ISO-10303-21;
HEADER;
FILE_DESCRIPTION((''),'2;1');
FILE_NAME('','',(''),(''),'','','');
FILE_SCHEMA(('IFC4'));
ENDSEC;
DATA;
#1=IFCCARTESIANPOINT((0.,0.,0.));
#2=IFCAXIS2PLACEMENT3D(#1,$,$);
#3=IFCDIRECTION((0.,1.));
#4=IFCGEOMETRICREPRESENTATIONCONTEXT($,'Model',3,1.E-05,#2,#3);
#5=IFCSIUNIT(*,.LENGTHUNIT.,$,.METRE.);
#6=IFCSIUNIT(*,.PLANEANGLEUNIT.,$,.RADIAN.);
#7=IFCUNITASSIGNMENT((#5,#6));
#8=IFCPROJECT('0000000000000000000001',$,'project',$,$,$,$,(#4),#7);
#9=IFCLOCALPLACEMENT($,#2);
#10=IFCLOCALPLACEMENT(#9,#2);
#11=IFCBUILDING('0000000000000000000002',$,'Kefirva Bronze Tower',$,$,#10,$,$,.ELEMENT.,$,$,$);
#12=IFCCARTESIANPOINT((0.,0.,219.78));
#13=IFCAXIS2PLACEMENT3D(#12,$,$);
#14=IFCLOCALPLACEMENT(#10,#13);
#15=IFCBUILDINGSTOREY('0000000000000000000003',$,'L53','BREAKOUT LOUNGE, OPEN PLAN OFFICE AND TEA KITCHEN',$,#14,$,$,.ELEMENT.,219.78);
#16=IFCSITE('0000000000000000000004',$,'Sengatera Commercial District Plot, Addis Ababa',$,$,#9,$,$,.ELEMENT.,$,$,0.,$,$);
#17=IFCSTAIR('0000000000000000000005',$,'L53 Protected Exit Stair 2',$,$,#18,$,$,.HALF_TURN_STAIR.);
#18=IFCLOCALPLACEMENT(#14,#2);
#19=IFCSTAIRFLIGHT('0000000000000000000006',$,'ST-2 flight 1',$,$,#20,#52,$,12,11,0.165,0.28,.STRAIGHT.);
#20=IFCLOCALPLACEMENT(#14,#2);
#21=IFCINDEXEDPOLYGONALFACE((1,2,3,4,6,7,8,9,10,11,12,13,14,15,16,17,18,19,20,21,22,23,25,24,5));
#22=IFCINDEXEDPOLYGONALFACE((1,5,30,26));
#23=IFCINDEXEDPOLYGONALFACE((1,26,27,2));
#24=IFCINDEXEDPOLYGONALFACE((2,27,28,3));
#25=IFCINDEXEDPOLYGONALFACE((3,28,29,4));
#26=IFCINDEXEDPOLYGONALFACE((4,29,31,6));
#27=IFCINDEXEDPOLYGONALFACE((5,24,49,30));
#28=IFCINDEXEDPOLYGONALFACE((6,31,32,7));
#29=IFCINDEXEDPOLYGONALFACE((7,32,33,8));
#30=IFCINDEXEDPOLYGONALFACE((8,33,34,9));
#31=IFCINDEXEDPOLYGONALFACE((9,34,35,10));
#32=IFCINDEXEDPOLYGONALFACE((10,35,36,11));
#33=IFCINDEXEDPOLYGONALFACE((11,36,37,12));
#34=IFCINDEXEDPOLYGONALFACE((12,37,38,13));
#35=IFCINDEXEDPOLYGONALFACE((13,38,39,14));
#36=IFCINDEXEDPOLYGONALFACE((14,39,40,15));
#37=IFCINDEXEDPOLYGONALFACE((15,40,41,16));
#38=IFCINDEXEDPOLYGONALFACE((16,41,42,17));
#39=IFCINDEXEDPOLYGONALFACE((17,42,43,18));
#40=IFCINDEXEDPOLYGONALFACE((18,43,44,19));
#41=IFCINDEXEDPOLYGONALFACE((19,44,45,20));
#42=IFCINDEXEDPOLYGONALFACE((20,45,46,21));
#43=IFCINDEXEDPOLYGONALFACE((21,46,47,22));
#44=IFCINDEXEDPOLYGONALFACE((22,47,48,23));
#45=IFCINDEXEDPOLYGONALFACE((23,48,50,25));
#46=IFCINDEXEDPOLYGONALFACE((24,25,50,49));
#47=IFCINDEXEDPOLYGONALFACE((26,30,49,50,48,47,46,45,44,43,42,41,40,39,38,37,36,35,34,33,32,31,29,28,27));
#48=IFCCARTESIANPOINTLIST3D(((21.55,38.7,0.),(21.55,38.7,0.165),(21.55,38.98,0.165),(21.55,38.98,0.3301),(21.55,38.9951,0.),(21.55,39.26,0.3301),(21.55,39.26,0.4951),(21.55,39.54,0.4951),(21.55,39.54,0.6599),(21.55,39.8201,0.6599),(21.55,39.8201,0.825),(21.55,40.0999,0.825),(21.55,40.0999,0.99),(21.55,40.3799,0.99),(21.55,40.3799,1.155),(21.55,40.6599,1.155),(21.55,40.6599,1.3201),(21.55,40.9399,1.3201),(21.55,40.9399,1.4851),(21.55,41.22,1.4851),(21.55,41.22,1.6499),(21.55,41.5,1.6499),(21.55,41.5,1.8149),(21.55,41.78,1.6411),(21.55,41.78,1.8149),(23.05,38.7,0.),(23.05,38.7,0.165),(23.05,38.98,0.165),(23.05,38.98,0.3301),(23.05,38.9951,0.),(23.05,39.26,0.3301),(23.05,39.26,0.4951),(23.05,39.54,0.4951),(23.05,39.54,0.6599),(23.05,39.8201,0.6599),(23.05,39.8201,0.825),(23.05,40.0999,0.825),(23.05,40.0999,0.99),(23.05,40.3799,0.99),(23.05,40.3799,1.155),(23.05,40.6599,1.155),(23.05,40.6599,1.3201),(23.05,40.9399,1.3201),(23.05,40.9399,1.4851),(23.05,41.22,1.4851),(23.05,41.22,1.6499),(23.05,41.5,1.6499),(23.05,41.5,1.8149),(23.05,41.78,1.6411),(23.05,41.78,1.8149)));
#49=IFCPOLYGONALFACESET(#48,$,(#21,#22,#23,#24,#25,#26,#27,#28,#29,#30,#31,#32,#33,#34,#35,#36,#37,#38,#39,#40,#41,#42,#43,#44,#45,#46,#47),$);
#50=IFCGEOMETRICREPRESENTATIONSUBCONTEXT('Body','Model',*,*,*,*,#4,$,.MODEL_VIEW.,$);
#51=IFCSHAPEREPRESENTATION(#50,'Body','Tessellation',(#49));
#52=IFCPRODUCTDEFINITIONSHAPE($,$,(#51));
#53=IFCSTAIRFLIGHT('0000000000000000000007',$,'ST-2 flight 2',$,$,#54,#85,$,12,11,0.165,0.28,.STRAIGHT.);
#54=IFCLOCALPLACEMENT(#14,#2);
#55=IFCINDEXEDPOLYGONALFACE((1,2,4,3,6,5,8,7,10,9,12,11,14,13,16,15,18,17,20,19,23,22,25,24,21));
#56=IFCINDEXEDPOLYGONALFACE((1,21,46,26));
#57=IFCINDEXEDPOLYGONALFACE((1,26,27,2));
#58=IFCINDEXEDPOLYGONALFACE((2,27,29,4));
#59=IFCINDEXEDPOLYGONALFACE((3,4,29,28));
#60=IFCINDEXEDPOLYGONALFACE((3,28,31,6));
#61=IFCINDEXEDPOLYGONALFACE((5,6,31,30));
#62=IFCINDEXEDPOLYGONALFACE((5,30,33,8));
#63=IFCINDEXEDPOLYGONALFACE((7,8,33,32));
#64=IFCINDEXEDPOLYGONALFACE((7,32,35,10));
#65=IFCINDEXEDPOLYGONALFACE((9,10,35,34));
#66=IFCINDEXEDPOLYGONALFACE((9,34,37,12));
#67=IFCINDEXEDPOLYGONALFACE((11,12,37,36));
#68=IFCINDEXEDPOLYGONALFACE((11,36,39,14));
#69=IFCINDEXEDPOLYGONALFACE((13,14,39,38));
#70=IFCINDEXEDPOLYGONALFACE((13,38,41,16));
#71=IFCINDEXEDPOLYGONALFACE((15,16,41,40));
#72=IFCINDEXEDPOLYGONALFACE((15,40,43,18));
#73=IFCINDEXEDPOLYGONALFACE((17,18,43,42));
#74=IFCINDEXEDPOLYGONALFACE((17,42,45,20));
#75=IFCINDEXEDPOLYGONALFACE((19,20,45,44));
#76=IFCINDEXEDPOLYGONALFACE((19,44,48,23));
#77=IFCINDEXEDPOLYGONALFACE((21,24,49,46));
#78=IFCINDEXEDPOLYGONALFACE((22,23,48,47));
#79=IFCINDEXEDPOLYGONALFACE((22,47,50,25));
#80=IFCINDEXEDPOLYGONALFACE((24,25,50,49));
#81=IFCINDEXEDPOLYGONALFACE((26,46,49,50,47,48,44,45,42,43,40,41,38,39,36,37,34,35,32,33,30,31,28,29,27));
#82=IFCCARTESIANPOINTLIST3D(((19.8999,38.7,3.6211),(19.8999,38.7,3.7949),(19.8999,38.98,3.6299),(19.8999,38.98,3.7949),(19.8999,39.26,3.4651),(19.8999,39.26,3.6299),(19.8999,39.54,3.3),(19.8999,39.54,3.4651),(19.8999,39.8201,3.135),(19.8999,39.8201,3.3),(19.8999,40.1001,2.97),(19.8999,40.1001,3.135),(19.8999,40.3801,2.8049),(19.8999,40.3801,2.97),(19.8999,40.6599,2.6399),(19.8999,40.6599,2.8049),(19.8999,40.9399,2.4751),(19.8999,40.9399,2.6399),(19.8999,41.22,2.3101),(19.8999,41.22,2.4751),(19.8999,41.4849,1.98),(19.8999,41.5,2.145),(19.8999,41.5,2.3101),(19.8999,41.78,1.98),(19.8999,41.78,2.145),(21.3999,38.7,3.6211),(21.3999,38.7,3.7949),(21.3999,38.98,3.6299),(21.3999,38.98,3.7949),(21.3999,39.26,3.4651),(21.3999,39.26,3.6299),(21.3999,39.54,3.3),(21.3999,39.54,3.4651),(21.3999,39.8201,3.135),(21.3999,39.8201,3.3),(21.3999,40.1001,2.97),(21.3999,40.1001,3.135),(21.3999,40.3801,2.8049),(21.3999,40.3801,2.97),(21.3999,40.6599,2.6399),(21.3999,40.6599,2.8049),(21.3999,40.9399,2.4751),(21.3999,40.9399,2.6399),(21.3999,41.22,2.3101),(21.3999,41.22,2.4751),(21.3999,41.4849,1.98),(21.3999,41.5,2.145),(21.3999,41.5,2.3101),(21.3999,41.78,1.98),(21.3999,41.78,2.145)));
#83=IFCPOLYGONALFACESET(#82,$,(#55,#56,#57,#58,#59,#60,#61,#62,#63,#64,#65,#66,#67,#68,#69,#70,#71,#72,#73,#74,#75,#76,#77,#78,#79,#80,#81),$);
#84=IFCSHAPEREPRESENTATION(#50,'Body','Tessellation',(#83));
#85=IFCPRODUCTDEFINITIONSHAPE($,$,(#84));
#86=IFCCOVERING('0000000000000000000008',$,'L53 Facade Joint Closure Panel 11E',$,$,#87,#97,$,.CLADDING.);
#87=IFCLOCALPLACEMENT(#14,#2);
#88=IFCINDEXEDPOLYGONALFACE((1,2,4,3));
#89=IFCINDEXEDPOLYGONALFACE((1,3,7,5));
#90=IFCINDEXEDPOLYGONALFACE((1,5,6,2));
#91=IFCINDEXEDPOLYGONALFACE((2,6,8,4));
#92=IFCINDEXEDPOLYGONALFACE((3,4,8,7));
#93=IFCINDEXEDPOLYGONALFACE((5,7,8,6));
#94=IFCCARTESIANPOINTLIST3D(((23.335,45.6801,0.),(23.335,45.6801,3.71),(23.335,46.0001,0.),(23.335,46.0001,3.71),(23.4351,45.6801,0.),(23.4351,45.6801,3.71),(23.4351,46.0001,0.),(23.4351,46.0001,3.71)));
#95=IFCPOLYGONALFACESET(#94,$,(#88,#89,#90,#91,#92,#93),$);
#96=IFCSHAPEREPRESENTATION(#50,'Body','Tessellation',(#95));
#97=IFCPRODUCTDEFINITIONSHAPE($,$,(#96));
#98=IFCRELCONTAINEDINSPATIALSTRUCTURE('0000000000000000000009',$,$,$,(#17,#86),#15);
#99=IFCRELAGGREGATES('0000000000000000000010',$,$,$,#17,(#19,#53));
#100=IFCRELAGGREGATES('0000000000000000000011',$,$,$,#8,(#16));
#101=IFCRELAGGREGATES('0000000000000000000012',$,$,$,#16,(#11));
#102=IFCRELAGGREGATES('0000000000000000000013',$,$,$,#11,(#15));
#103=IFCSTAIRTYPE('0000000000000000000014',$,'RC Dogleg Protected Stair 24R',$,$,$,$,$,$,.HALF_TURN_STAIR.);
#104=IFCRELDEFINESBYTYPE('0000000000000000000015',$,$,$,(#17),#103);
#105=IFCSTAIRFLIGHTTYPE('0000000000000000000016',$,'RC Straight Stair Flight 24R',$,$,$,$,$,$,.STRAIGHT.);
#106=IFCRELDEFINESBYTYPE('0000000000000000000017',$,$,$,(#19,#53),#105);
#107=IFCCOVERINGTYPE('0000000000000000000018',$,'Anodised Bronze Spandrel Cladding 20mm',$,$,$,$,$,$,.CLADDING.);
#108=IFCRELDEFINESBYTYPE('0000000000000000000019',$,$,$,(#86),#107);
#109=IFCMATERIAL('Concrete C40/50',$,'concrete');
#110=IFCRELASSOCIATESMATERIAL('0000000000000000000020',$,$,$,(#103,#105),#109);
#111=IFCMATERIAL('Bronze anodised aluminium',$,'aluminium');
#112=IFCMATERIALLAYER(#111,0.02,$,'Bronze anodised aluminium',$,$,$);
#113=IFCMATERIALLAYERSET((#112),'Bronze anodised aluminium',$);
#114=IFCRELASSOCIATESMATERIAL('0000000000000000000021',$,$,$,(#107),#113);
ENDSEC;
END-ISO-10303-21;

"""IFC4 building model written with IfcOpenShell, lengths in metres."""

from ifc_helpers import new_model, si_unit, direction, frame, origin, origin_2d, place, context, subcontext, project, spatial, polyline, rectangle, outline, extrude, material, layer, layer_set, type_object, element, aggregate, save


model = new_model("IFC4")

# Units and contexts
model_context = context("Model", 3, precision=1e-05, world=origin(), true_north=direction((0.0, 1.0)))
body_context = subcontext(model_context, "Body", "Model", "MODEL_VIEW")
ifc_project = project(units=[si_unit("LENGTHUNIT", "METRE"), si_unit("PLANEANGLEUNIT", "RADIAN")], contexts=[model_context])

# Site, building, storey
site_placement = place(None, origin())
site = spatial("IfcSite", under=ifc_project, at=site_placement, Name="Sengatera Commercial District Plot, Addis Ababa", CompositionType="ELEMENT", RefElevation=0.0)
building_placement = place(site_placement, origin())
building = spatial("IfcBuilding", under=site, at=building_placement, Name="Kefirva Bronze Tower", CompositionType="ELEMENT")
storey_placement = place(building_placement, frame((0.0, 0.0, 219.78)))
storey = spatial("IfcBuildingStorey", under=building, at=storey_placement, Name="L53", Description="BREAKOUT LOUNGE, OPEN PLAN OFFICE AND TEA KITCHEN", CompositionType="ELEMENT", Elevation=219.78)

# Stair, stair flights
ifc_material_1 = material(Name="Concrete C40/50", Category="concrete")
stair_type = type_object("IfcStairType", Name="RC Dogleg Protected Stair 24R", PredefinedType="HALF_TURN_STAIR", material=ifc_material_1)
stair_placement = place(storey_placement, origin())
stair = element("IfcStair", 1, at=stair_placement, inside=storey, type_object=stair_type, Name="L53 Protected Exit Stair 2", PredefinedType="HALF_TURN_STAIR")
stair_flight_type = type_object("IfcStairFlightType", Name="RC Straight Stair Flight 24R", PredefinedType="STRAIGHT", material=ifc_material_1)
stair_flight_1_placement = place(storey_placement, frame((22.3, 38.7, 0.0), z_axis=(0.0, 0.0, 1.0), x_axis=(0.0, 1.0, 0.0)))
stair_flight_1 = element("IfcStairFlight", 2, at=stair_flight_1_placement, type_object=stair_flight_type, Name="ST-2 flight 1", NumberOfRisers=12, NumberOfTreads=11, PredefinedType="STRAIGHT", RiserHeight=0.165, TreadLength=0.28, context=body_context, shape_type="SweptSolid", body=[
    extrude(outline(polyline([(0.0, 0.0), (0.0, 0.165), (0.28, 0.165), (0.28, 0.3301), (0.5601, 0.3301), (0.5601, 0.4951), (0.8401, 0.4951), (0.8401, 0.6599), (1.1201, 0.6599), (1.1201, 0.825), (1.3999, 0.825), (1.3999, 0.99), (1.6799, 0.99), (1.6799, 1.155), (1.96, 1.155), (1.96, 1.3201), (2.24, 1.3201), (2.24, 1.4851), (2.52, 1.4851), (2.52, 1.6499), (2.8, 1.6499), (2.8, 1.8149), (3.0801, 1.8149), (3.0801, 1.98), (3.0801, 1.6411), (0.2952, 0.0), (0.0, 0.0)])), frame((0.0, 0.75, 0.0), z_axis=(0.0, -1.0, 0.0), x_axis=(1.0, 0.0, 0.0)), (0.0, 0.0, 1.0), 1.5),
])
stair_flight_2_placement = place(storey_placement, frame((20.6499, 41.78, 1.98), z_axis=(0.0, 0.0, 1.0), x_axis=(0.0, -1.0, 0.0)))
stair_flight_2 = element("IfcStairFlight", 3, at=stair_flight_2_placement, type_object=stair_flight_type, Name="ST-2 flight 2", NumberOfRisers=12, NumberOfTreads=11, PredefinedType="STRAIGHT", RiserHeight=0.165, TreadLength=0.28, context=body_context, shape_type="SweptSolid", body=[
    extrude(outline(polyline([(0.0, 0.0), (0.0, 0.165), (0.28, 0.165), (0.28, 0.3301), (0.5601, 0.3301), (0.5601, 0.4951), (0.8401, 0.4951), (0.8401, 0.6599), (1.1201, 0.6599), (1.1201, 0.825), (1.3999, 0.825), (1.3999, 0.99), (1.6799, 0.99), (1.6799, 1.155), (1.96, 1.155), (1.96, 1.3201), (2.24, 1.3201), (2.24, 1.4851), (2.52, 1.4851), (2.52, 1.6499), (2.8, 1.6499), (2.8, 1.8149), (3.0801, 1.8149), (3.0801, 1.98), (3.0801, 1.6411), (0.2952, 0.0), (0.0, 0.0)])), frame((0.0, 0.75, 0.0), z_axis=(0.0, -1.0, 0.0), x_axis=(1.0, 0.0, 0.0)), (0.0, 0.0, 1.0), 1.5),
])
aggregate(stair, [stair_flight_1, stair_flight_2])

# Covering
ifc_material_2 = material(Name="Bronze anodised aluminium", Category="aluminium")
ifc_layer_1 = layer(ifc_material_2, 0.02, Name="Bronze anodised aluminium")
ifc_layer_set_1 = layer_set([ifc_layer_1], Name="Bronze anodised aluminium")
covering_type = type_object("IfcCoveringType", Name="Anodised Bronze Spandrel Cladding 20mm", PredefinedType="CLADDING", material=ifc_layer_set_1)
covering_placement = place(storey_placement, frame((23.385, 45.8401, 0.0), z_axis=(0.0, 0.0, 1.0), x_axis=(-1.0, 0.0, 0.0)))
element("IfcCovering", 4, at=covering_placement, inside=storey, type_object=covering_type, Name="L53 Facade Joint Closure Panel 11E", PredefinedType="CLADDING", context=body_context, shape_type="SweptSolid", body=[
    extrude(rectangle(XDim=0.1001, YDim=0.3201, at=origin_2d()), origin(), (0.0, 0.0, 1.0), 3.71),
])

save(model, "model.ifc")
